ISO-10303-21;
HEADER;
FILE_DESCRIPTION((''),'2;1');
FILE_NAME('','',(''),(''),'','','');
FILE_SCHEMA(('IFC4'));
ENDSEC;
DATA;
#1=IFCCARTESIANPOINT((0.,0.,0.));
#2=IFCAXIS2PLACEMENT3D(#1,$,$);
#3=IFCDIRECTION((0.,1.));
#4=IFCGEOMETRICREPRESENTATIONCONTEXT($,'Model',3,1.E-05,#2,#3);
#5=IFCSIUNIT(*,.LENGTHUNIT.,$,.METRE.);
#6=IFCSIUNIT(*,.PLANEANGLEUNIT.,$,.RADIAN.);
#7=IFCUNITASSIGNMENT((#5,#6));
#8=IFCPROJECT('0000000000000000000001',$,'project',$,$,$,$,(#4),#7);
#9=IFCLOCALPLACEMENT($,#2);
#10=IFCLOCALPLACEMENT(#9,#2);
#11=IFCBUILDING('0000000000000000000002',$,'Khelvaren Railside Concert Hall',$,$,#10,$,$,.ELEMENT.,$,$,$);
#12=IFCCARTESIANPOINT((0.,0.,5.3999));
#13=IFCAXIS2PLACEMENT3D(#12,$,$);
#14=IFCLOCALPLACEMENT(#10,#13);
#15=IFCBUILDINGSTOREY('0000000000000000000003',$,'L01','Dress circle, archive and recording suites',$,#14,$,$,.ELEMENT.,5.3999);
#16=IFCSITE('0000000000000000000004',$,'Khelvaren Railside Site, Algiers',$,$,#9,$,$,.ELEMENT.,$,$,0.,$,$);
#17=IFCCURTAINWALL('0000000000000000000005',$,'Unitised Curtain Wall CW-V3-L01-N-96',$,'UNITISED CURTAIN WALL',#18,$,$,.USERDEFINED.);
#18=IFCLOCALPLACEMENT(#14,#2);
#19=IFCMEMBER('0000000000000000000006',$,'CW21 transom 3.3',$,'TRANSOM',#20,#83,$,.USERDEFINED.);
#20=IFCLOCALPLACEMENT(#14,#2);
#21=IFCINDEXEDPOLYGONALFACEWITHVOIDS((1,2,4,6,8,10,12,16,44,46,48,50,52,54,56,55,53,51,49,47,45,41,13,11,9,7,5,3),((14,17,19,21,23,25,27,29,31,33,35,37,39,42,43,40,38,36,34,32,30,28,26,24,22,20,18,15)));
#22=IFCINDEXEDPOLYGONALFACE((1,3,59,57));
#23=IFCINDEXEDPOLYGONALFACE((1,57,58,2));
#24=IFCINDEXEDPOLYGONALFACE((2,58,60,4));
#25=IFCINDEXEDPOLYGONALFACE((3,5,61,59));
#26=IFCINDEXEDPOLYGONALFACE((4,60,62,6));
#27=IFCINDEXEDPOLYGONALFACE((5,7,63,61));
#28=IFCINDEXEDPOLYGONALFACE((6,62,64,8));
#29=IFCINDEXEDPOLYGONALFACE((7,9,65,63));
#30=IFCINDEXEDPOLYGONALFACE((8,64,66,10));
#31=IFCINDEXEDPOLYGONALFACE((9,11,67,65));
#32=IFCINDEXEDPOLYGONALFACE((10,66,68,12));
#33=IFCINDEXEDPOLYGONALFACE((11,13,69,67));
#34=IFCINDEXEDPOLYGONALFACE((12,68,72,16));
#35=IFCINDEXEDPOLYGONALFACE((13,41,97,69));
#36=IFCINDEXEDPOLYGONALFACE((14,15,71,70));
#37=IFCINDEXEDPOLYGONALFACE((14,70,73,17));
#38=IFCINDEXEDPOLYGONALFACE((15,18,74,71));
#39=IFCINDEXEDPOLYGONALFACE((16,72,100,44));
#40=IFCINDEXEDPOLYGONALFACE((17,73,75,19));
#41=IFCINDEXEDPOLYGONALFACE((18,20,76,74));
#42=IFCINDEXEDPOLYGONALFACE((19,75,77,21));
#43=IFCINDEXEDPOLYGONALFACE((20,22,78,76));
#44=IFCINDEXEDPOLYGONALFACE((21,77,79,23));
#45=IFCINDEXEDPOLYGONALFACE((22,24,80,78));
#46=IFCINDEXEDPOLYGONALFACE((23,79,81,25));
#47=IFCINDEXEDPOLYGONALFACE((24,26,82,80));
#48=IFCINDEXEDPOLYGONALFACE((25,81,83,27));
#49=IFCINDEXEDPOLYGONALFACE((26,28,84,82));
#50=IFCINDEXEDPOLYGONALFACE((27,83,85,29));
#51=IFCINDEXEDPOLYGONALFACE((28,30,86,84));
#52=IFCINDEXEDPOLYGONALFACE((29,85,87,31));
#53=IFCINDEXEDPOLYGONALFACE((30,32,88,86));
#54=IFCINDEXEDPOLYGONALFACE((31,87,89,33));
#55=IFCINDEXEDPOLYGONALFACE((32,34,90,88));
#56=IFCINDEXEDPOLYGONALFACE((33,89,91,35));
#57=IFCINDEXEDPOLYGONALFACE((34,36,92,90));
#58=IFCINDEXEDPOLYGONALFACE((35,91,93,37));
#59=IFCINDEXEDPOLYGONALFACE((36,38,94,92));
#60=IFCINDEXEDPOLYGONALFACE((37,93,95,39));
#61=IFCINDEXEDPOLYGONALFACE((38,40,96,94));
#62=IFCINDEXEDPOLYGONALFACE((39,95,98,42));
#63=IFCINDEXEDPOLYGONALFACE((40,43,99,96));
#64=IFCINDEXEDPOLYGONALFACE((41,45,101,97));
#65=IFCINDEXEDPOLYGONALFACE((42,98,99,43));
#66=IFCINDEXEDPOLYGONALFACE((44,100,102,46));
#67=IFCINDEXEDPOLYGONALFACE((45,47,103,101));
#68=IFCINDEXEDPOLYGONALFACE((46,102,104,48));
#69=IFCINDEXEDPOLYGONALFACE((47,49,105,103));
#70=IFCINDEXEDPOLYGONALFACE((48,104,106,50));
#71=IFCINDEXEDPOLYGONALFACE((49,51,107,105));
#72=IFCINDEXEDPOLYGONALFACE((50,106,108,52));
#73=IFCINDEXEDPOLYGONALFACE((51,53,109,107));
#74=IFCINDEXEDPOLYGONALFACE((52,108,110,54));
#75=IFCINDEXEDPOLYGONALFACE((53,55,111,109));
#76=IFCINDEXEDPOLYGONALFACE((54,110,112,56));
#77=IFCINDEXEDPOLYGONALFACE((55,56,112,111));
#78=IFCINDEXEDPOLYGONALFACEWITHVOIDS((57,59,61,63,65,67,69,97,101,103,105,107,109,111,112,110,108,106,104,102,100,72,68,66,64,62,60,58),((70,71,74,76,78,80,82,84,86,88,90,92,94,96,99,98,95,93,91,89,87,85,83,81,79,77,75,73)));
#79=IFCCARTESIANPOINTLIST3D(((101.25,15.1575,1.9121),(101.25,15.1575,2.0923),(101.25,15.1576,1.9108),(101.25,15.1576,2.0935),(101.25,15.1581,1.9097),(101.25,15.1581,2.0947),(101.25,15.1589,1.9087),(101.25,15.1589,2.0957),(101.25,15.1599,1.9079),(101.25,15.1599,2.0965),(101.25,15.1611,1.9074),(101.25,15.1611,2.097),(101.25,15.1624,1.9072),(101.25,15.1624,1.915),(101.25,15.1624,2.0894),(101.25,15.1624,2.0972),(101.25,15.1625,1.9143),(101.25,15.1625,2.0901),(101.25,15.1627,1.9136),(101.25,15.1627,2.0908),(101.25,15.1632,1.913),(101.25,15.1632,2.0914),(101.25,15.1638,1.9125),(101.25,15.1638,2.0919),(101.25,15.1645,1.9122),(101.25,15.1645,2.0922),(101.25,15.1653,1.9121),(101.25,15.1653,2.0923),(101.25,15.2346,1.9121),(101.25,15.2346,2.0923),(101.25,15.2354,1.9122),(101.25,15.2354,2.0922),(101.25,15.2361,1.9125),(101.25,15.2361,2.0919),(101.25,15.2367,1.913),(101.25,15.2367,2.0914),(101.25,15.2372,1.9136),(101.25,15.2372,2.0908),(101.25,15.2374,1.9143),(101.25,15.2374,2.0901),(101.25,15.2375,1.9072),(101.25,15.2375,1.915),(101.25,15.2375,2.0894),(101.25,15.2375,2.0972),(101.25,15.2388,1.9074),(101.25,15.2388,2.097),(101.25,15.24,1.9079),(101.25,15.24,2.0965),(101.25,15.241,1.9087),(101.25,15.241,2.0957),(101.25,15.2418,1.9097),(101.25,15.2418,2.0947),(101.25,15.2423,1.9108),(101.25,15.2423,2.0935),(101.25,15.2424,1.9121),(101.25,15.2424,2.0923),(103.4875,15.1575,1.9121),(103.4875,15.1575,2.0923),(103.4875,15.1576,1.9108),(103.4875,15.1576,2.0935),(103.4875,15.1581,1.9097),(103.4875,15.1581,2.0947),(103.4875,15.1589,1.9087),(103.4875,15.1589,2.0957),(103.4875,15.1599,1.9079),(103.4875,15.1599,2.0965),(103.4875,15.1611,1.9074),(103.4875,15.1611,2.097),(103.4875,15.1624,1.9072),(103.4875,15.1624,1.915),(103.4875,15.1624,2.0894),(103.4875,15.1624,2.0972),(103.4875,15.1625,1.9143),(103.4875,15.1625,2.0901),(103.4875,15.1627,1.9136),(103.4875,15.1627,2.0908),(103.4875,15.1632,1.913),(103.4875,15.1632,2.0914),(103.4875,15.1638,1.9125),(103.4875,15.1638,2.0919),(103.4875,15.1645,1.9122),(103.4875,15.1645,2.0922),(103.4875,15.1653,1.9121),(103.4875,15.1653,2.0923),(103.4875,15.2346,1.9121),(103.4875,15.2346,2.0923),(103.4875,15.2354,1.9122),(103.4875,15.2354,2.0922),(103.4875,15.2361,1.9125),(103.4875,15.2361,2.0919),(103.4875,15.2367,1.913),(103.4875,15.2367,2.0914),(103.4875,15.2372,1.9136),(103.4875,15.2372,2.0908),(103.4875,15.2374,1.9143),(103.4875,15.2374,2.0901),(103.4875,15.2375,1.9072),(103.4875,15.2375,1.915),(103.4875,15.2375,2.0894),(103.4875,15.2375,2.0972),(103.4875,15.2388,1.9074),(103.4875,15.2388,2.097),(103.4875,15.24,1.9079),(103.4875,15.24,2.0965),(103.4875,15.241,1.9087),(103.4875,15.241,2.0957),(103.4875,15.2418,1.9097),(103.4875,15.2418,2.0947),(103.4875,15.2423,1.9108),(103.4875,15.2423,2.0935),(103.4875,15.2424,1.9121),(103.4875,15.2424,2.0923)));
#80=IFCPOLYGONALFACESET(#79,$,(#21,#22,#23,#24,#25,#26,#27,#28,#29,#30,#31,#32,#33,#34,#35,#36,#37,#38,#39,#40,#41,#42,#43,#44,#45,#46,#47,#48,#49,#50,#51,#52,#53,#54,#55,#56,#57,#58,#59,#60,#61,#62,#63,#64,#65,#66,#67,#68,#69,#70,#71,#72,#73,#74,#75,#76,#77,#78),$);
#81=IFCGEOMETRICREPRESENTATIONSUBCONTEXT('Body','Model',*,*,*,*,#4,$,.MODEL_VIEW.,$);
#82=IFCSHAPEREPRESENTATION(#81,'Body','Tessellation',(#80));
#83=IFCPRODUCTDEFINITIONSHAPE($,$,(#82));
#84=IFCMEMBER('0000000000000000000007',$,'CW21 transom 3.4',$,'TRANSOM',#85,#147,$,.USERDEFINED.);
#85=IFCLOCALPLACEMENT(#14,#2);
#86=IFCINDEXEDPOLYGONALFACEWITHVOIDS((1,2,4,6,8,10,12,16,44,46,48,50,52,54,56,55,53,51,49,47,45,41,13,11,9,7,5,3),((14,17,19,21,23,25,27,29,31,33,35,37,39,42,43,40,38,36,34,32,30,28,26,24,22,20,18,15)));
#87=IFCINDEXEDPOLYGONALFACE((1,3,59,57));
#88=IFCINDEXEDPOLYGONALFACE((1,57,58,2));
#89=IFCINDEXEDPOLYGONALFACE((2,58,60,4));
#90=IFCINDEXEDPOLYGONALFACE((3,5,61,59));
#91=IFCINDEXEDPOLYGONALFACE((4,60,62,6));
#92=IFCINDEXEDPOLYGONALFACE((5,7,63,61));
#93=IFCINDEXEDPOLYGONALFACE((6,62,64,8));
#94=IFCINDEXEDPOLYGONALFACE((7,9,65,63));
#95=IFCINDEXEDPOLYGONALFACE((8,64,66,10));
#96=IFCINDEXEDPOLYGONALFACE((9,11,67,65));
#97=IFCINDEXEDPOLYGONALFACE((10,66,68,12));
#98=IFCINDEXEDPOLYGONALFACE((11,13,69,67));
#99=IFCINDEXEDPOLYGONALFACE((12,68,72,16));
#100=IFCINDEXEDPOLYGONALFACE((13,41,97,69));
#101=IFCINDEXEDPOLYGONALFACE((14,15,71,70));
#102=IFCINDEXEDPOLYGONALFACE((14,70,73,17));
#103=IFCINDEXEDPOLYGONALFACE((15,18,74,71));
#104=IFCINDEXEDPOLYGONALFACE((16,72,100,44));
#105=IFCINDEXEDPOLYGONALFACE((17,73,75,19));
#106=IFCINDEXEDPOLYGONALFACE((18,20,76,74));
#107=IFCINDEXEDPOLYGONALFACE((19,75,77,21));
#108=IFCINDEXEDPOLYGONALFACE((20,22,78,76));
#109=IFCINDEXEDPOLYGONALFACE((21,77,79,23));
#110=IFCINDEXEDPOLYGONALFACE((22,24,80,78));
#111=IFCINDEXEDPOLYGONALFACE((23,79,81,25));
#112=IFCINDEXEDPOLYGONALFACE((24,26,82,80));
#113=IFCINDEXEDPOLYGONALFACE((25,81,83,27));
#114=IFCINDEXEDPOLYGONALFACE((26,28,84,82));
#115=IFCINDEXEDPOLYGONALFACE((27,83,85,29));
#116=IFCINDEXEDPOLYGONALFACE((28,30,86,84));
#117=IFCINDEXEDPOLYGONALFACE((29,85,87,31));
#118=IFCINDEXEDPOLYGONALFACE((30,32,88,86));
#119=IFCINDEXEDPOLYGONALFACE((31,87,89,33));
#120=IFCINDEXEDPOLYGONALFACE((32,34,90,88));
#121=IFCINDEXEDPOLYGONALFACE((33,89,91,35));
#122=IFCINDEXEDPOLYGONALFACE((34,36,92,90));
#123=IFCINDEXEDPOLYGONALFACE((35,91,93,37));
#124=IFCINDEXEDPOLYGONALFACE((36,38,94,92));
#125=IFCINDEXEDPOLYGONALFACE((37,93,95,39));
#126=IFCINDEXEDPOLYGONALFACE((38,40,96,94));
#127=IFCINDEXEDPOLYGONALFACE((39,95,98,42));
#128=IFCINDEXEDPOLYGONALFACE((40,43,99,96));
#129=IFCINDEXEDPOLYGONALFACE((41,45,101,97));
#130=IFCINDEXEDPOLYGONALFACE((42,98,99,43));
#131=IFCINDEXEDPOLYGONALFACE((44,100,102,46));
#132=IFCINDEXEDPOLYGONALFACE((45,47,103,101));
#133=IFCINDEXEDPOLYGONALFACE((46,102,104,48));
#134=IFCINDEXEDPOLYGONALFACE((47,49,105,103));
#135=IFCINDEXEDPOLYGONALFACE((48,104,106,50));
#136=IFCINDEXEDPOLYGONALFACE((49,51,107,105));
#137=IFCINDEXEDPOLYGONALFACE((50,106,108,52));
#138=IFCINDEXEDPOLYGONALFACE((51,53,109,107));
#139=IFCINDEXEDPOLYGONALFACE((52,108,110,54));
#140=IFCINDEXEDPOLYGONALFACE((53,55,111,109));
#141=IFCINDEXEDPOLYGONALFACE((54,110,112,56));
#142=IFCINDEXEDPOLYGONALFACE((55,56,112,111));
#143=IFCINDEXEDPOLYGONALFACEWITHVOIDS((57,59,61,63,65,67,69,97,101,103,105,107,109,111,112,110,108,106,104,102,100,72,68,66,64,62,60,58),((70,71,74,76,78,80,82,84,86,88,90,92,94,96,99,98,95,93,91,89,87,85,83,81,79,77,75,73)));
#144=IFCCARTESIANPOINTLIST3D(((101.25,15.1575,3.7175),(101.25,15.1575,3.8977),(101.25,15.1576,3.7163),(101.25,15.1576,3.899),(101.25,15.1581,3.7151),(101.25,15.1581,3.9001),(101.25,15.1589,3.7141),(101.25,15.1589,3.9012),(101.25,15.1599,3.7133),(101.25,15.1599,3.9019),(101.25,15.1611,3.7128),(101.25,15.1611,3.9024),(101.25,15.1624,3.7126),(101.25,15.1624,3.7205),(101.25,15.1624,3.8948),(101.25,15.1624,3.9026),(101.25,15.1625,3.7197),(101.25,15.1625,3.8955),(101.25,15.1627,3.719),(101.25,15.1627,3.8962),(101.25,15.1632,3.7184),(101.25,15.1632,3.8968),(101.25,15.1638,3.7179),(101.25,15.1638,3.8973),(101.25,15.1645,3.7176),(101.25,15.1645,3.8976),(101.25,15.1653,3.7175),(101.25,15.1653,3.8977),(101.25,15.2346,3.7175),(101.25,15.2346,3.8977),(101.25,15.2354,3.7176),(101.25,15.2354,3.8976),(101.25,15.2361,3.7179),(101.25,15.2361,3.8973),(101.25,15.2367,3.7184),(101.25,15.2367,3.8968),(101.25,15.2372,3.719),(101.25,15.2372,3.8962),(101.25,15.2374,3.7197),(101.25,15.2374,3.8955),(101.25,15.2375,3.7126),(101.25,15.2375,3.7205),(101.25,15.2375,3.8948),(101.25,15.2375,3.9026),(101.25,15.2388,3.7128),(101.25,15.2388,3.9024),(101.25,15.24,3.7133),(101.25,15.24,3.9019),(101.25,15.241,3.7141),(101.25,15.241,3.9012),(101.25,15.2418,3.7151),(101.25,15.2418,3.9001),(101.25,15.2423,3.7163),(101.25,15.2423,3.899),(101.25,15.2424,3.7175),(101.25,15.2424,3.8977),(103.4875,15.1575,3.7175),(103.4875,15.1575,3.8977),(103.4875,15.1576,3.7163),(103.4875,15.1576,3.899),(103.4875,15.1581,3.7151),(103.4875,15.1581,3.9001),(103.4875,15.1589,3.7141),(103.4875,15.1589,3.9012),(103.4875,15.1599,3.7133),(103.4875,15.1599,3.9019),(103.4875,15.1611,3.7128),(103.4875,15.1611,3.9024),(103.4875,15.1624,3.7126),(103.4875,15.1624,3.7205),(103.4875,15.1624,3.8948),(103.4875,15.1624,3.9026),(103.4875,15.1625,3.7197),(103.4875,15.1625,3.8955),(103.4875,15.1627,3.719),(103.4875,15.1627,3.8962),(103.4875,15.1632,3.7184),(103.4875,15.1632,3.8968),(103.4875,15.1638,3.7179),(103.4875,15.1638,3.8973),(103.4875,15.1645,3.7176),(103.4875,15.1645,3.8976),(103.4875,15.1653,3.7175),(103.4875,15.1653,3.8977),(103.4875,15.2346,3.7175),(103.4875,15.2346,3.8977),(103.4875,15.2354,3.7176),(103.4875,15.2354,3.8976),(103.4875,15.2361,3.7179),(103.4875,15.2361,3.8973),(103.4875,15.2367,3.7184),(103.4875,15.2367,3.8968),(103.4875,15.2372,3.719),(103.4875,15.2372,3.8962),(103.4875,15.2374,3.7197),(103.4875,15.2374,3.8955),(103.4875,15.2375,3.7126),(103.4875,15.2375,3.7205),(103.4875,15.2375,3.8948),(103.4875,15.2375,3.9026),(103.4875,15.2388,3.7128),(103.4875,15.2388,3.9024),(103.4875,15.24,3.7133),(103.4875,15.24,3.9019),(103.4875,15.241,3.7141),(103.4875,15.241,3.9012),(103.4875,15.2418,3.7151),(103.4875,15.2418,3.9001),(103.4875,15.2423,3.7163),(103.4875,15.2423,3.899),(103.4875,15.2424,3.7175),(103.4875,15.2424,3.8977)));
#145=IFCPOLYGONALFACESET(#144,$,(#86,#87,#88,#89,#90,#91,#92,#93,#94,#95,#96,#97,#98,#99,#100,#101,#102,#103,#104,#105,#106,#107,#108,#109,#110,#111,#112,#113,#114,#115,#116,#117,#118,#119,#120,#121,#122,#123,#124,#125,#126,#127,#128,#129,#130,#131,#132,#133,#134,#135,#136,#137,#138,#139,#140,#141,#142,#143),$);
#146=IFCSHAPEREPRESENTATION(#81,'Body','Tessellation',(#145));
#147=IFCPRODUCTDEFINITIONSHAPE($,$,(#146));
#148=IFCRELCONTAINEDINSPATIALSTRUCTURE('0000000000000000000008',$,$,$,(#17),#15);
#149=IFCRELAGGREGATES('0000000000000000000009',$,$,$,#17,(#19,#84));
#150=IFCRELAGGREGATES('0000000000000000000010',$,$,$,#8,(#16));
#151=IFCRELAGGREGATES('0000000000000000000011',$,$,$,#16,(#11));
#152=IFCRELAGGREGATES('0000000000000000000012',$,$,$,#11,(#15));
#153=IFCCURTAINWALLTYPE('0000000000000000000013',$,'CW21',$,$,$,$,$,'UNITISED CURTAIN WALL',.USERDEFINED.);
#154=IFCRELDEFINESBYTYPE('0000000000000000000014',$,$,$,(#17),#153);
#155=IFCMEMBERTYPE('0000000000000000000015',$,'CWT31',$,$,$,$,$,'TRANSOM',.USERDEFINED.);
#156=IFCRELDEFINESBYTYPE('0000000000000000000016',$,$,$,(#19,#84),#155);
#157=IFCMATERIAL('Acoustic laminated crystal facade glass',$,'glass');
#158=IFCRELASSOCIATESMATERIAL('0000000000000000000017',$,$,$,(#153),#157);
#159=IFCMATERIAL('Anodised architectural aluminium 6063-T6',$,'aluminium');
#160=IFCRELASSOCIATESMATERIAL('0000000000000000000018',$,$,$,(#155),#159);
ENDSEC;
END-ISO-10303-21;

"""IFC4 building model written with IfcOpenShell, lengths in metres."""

from ifc_helpers import new_model, si_unit, direction, frame, origin, origin_2d, place, context, subcontext, project, spatial, hollow_rectangle, extrude, material, material_profile, profile_set, type_object, element, aggregate, save


model = new_model("IFC4")

# Units and contexts
model_context = context("Model", 3, precision=1e-05, world=origin(), true_north=direction((0.0, 1.0)))
body_context = subcontext(model_context, "Body", "Model", "MODEL_VIEW")
ifc_project = project(units=[si_unit("LENGTHUNIT", "METRE"), si_unit("PLANEANGLEUNIT", "RADIAN")], contexts=[model_context])

# Site, building, storey
site_placement = place(None, origin())
site = spatial("IfcSite", under=ifc_project, at=site_placement, Name="Khelvaren Railside Site, Algiers", CompositionType="ELEMENT", RefElevation=0.0)
building_placement = place(site_placement, origin())
building = spatial("IfcBuilding", under=site, at=building_placement, Name="Khelvaren Railside Concert Hall", CompositionType="ELEMENT")
storey_placement = place(building_placement, frame((0.0, 0.0, 5.3999)))
storey = spatial("IfcBuildingStorey", under=building, at=storey_placement, Name="L01", Description="Dress circle, archive and recording suites", CompositionType="ELEMENT", Elevation=5.3999)

# Curtain wall
ifc_material_1 = material(Name="Acoustic laminated crystal facade glass", Category="glass")
curtain_wall_type_1 = type_object("IfcCurtainWallType", Name="CW21", ElementType="UNITISED CURTAIN WALL", PredefinedType="USERDEFINED", material=ifc_material_1)
curtain_wall_1_placement = place(storey_placement, origin())
curtain_wall_1 = element("IfcCurtainWall", 1, at=curtain_wall_1_placement, inside=storey, type_object=curtain_wall_type_1, Name="Unitised Curtain Wall CW-V3-L01-N-96", ObjectType="UNITISED CURTAIN WALL", PredefinedType="USERDEFINED")
ifc_material_2 = material(Name="Anodised architectural aluminium 6063-T6", Category="aluminium")

# Members
ifc_material_profile_1 = material_profile(ifc_material_2, hollow_rectangle(XDim=0.085, YDim=0.1899, WallThickness=0.0049, InnerFilletRadius=0.0029, OuterFilletRadius=0.0049, at=origin_2d()), Name="CWT 85x190x5")
ifc_profile_set_1 = profile_set([ifc_material_profile_1], Name="Anodised architectural aluminium 6063-T6")
member_type_1 = type_object("IfcMemberType", Name="CWT31", ElementType="TRANSOM", PredefinedType="USERDEFINED", material=ifc_profile_set_1)
member_1_placement = place(storey_placement, frame((101.25, 15.2, 2.0022), z_axis=(1.0, 0.0, 0.0), x_axis=(0.0, 1.0, 0.0)))
member_1 = element("IfcMember", 2, at=member_1_placement, type_object=member_type_1, Name="CW21 transom 3.3", ObjectType="TRANSOM", PredefinedType="USERDEFINED", context=body_context, shape_type="SweptSolid", body=[
    extrude(hollow_rectangle(XDim=0.085, YDim=0.1899, WallThickness=0.0049, InnerFilletRadius=0.0029, OuterFilletRadius=0.0049, at=origin_2d()), origin(), (0.0, 0.0, 1.0), 2.2375),
])
member_2_placement = place(storey_placement, frame((101.25, 15.2, 3.8076), z_axis=(1.0, 0.0, 0.0), x_axis=(0.0, 1.0, 0.0)))
member_2 = element("IfcMember", 3, at=member_2_placement, type_object=member_type_1, Name="CW21 transom 3.4", ObjectType="TRANSOM", PredefinedType="USERDEFINED", context=body_context, shape_type="SweptSolid", body=[
    extrude(hollow_rectangle(XDim=0.085, YDim=0.1899, WallThickness=0.0049, InnerFilletRadius=0.0029, OuterFilletRadius=0.0049, at=origin_2d()), origin(), (0.0, 0.0, 1.0), 2.2375),
])

aggregate(curtain_wall_1, [member_1, member_2])

save(model, "model.ifc")
